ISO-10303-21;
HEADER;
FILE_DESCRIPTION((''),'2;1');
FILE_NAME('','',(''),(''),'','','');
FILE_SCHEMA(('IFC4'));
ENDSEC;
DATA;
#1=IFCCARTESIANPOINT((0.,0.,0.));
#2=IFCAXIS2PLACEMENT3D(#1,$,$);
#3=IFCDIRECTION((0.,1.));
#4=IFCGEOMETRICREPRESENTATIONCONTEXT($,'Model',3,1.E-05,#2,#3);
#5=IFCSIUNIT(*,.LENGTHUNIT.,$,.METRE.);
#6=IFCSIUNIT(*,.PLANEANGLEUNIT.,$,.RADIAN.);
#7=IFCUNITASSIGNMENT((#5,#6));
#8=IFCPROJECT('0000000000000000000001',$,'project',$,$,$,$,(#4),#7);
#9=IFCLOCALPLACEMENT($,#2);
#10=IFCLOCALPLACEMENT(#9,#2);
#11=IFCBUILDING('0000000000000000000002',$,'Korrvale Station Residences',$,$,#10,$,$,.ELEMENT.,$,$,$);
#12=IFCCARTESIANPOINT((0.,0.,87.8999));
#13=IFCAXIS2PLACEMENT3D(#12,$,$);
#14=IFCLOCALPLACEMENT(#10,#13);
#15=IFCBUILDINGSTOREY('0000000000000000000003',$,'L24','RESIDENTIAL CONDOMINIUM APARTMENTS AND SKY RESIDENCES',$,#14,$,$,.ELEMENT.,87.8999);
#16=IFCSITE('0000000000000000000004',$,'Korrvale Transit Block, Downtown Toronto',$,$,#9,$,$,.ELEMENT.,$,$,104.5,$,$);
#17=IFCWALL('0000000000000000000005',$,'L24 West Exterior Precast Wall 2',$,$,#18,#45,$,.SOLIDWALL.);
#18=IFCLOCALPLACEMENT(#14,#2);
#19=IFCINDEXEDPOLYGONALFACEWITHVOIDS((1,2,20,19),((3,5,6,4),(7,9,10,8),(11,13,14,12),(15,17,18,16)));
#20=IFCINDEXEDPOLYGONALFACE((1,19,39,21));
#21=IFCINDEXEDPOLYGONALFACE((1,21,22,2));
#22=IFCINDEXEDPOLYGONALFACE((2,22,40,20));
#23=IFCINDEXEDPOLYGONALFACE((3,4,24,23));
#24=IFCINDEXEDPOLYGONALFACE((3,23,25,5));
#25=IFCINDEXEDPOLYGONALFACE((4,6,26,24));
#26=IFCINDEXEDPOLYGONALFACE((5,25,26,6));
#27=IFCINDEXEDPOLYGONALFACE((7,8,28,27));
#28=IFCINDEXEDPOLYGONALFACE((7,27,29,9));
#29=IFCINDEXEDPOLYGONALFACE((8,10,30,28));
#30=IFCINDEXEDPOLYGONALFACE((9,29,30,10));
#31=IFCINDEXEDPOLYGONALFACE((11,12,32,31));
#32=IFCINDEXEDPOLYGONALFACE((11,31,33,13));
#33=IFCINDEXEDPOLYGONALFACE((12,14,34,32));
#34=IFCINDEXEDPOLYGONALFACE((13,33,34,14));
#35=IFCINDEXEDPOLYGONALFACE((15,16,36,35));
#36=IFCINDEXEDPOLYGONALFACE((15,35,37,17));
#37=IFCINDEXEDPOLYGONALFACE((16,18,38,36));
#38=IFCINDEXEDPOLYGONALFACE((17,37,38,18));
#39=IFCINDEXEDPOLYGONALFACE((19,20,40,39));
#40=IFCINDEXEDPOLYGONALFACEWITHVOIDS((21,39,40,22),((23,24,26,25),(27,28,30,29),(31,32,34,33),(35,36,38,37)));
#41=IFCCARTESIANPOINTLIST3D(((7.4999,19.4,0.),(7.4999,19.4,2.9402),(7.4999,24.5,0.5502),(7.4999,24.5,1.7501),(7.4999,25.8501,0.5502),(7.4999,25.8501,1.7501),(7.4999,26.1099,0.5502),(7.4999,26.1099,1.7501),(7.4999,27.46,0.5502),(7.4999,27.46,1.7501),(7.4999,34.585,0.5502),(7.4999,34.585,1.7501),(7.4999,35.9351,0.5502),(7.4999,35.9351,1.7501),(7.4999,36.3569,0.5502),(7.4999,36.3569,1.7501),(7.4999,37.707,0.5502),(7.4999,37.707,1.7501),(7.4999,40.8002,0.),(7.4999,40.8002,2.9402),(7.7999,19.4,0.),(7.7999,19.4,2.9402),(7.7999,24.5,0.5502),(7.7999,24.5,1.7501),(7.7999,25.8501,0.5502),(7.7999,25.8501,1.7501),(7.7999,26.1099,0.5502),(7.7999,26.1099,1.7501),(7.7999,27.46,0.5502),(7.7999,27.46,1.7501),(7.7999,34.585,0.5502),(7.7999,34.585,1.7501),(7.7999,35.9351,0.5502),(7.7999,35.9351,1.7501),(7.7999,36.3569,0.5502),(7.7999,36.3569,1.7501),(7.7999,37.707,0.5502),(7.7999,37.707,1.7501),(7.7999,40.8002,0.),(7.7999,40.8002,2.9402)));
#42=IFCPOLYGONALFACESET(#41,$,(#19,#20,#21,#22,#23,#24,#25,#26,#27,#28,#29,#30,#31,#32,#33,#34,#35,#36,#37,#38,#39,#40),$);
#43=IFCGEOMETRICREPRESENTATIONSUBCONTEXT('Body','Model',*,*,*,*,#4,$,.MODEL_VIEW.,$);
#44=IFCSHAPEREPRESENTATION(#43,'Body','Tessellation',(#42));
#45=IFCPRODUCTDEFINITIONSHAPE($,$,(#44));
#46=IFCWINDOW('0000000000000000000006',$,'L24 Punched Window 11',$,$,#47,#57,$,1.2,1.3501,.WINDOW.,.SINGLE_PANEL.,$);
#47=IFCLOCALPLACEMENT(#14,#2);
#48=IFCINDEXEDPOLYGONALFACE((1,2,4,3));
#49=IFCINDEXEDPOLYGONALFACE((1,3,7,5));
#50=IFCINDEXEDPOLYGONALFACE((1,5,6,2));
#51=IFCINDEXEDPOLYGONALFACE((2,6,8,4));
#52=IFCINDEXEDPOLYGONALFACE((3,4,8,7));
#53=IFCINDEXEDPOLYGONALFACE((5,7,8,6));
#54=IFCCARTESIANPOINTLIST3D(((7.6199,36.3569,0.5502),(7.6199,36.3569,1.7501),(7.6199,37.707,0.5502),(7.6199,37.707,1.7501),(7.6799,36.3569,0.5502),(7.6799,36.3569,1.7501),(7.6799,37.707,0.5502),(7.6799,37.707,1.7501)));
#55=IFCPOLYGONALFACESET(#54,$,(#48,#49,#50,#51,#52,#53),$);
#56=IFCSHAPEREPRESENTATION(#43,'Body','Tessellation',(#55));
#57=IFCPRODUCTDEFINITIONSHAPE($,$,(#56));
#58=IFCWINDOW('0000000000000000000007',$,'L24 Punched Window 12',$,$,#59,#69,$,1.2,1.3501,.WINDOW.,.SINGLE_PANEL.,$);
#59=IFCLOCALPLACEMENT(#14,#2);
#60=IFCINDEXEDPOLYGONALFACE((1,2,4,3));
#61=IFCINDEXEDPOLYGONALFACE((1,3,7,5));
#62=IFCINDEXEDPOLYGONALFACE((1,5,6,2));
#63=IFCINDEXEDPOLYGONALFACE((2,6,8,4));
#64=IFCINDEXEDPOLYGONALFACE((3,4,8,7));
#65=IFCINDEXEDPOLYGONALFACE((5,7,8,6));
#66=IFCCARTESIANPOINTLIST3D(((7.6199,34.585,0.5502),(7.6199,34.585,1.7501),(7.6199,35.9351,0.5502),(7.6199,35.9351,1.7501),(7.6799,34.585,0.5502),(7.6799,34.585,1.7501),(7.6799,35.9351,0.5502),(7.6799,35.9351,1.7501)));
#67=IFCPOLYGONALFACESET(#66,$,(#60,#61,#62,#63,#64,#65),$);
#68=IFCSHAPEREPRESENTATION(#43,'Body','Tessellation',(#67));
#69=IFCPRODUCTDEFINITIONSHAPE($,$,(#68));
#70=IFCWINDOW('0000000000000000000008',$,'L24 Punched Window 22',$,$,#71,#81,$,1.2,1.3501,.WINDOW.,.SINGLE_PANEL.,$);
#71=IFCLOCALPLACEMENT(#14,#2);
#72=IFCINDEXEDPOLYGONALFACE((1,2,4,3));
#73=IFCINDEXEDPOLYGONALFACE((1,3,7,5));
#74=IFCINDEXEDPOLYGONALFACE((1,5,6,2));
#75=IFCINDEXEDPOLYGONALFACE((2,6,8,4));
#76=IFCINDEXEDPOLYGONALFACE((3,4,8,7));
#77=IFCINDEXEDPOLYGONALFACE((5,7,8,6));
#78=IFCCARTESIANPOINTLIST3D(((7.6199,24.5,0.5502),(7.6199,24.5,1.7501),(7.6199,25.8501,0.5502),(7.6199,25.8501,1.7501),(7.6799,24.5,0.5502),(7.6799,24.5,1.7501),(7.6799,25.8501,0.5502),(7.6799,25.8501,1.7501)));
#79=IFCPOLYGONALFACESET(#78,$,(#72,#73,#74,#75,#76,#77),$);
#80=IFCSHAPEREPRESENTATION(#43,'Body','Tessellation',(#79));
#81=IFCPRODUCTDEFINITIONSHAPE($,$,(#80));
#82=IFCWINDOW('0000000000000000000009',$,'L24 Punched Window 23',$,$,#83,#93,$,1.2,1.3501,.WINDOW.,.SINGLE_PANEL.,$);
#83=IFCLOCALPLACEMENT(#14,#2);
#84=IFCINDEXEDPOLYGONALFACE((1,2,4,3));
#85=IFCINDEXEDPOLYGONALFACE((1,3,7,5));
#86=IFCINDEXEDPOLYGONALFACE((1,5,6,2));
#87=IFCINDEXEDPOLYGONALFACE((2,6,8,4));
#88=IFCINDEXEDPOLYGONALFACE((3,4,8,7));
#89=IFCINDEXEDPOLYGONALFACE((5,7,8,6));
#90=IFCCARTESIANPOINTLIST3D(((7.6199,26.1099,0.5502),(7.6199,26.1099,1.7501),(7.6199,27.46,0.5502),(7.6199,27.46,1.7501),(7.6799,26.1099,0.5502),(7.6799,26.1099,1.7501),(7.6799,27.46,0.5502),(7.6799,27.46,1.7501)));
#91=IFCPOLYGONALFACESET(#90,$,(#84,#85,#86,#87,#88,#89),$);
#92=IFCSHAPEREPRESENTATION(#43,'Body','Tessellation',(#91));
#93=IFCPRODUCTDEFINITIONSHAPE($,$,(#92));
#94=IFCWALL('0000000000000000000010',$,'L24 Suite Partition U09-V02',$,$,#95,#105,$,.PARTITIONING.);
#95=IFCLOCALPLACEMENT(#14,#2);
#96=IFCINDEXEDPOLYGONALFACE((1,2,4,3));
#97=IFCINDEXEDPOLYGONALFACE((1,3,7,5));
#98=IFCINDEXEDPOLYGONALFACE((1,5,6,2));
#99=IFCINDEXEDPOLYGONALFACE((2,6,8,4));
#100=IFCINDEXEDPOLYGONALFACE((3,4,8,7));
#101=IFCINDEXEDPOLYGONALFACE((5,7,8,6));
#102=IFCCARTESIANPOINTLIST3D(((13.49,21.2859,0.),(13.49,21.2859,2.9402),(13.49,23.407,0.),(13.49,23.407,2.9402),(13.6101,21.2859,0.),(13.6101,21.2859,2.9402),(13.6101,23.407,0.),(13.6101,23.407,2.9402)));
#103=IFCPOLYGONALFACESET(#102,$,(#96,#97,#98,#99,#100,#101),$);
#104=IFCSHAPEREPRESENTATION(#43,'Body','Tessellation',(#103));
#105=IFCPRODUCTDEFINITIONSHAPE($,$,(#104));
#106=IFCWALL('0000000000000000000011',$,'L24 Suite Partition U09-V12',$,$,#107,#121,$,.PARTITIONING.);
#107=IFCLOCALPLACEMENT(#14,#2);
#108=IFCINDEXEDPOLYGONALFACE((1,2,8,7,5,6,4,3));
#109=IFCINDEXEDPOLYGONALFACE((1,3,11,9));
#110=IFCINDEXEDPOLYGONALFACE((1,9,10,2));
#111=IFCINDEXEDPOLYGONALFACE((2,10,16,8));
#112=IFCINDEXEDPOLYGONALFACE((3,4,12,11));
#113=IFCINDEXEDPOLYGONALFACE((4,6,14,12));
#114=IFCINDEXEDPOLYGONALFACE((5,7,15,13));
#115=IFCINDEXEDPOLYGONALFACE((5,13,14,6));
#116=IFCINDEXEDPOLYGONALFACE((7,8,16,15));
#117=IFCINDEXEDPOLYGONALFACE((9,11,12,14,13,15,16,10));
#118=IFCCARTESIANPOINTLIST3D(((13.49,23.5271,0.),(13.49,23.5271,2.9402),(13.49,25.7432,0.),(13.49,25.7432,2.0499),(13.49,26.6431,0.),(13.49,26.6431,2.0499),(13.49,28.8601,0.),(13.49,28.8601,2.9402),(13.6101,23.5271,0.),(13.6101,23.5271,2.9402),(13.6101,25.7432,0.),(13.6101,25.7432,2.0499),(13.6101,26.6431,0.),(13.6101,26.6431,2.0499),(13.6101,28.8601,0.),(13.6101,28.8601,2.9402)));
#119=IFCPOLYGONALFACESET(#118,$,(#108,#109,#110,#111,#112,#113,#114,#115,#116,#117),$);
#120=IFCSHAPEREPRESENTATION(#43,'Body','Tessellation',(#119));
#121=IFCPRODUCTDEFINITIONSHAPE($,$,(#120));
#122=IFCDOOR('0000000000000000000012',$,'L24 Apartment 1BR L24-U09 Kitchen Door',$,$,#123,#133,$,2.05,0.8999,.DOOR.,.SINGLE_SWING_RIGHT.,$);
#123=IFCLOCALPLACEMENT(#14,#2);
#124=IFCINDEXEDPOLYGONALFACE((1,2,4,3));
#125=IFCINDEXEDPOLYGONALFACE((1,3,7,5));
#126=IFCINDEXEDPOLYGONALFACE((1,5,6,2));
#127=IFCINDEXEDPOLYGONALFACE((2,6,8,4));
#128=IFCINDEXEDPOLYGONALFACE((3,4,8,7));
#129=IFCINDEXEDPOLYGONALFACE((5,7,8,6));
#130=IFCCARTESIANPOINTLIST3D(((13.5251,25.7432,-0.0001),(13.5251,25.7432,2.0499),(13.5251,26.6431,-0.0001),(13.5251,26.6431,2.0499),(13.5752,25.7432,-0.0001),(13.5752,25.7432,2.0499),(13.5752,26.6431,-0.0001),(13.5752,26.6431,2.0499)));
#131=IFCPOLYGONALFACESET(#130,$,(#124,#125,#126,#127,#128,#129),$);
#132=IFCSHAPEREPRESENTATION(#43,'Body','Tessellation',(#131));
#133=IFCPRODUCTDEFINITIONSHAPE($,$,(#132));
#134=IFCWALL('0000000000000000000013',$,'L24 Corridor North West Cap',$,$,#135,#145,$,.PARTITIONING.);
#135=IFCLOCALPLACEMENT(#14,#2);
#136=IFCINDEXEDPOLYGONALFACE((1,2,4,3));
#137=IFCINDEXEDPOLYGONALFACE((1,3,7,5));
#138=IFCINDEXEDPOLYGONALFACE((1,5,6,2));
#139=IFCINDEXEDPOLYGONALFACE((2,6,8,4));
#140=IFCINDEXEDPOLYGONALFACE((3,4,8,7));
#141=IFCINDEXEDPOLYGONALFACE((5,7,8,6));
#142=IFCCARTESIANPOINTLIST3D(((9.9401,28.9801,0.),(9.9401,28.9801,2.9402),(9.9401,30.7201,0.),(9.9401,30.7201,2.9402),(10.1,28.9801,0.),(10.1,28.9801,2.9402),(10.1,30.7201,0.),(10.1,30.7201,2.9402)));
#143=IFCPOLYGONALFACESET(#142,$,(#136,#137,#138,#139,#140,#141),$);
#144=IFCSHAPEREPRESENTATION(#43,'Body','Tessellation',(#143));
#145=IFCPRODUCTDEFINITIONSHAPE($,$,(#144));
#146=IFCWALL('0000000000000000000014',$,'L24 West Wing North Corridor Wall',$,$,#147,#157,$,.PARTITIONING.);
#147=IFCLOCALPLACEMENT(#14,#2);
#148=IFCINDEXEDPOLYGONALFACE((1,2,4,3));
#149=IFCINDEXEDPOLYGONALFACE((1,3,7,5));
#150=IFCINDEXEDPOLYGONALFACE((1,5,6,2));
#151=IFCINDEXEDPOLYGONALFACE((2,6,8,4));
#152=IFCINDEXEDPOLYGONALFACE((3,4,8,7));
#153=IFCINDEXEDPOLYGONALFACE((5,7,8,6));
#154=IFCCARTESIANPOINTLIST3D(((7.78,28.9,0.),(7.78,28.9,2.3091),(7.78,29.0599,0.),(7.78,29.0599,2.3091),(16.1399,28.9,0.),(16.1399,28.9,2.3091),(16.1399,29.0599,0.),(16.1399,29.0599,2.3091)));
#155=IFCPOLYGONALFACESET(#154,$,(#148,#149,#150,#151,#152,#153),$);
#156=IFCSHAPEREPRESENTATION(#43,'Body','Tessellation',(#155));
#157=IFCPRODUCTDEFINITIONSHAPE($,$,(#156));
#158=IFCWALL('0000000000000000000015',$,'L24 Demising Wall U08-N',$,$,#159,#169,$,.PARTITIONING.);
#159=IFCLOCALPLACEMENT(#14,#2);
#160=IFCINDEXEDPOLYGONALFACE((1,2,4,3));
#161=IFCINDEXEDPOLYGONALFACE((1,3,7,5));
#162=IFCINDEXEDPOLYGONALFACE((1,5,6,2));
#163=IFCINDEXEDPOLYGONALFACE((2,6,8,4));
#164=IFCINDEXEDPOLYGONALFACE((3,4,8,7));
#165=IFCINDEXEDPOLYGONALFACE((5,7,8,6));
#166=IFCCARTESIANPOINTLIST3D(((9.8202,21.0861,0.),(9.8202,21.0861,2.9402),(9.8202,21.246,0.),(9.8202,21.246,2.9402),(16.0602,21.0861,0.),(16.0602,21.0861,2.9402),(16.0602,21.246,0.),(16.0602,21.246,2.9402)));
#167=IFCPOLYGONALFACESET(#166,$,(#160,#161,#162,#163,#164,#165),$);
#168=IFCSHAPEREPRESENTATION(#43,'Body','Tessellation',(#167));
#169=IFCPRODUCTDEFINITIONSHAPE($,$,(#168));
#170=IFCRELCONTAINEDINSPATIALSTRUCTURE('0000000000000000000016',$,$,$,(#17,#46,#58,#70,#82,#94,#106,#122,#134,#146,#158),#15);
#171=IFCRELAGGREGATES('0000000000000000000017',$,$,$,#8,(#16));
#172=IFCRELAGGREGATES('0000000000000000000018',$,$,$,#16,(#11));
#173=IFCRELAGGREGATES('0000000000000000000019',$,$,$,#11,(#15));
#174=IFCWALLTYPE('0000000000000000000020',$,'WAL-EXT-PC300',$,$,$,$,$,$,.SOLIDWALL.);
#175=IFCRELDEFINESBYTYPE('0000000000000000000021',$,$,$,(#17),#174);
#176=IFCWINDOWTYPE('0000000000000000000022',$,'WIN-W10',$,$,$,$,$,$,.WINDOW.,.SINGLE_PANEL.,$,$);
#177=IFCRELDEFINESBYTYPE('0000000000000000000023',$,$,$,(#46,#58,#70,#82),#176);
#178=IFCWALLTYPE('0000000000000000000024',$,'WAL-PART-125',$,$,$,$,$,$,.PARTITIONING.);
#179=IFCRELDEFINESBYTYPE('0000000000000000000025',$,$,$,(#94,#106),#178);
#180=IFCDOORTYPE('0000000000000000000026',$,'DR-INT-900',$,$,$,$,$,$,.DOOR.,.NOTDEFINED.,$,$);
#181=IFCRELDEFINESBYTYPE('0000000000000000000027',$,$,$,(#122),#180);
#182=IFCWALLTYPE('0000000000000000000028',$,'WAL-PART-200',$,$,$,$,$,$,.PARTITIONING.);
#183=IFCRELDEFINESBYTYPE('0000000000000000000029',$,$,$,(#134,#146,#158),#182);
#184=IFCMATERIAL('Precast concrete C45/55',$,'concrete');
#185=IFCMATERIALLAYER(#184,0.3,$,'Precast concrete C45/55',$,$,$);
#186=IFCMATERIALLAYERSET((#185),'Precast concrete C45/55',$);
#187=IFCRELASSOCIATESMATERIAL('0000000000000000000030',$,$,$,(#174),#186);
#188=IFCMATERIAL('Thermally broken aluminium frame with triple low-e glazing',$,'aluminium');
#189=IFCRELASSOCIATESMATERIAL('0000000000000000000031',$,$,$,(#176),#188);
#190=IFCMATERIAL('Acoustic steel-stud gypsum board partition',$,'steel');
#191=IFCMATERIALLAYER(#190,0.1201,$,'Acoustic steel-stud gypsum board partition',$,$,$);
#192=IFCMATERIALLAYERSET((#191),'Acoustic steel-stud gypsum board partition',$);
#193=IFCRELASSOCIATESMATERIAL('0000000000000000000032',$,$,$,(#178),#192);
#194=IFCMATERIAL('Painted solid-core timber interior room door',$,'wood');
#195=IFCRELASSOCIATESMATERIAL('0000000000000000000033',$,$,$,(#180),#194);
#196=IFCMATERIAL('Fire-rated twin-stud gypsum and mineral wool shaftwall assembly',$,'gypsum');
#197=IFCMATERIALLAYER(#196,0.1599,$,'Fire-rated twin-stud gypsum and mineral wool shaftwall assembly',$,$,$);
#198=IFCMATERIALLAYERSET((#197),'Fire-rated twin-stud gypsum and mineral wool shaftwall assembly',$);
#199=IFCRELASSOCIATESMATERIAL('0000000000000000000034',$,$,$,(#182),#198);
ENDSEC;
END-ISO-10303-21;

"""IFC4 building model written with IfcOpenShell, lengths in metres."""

from ifc_helpers import new_model, si_unit, direction, frame, frame_2d, origin, place, context, subcontext, project, spatial, rectangle, extrude, material, layer, layer_set, type_object, element, fill, save


model = new_model("IFC4")

# Units and contexts
model_context = context("Model", 3, precision=1e-05, world=origin(), true_north=direction((0.0, 1.0)))
body_context = subcontext(model_context, "Body", "Model", "MODEL_VIEW")
ifc_project = project(units=[si_unit("LENGTHUNIT", "METRE"), si_unit("PLANEANGLEUNIT", "RADIAN")], contexts=[model_context])

# Site, building, storey
site_placement = place(None, origin())
site = spatial("IfcSite", under=ifc_project, at=site_placement, Name="Korrvale Transit Block, Downtown Toronto", CompositionType="ELEMENT", RefElevation=104.5)
building_placement = place(site_placement, origin())
building = spatial("IfcBuilding", under=site, at=building_placement, Name="Korrvale Station Residences", CompositionType="ELEMENT")
storey_placement = place(building_placement, frame((0.0, 0.0, 87.8999)))
storey = spatial("IfcBuildingStorey", under=building, at=storey_placement, Name="L24", Description="RESIDENTIAL CONDOMINIUM APARTMENTS AND SKY RESIDENCES", CompositionType="ELEMENT", Elevation=87.8999)

# Shared definitions
ifc_material_1 = material(Name="Precast concrete C45/55", Category="concrete")

# Wall, openings, windows
ifc_layer_1 = layer(ifc_material_1, 0.3, Name="Precast concrete C45/55")
ifc_layer_set_1 = layer_set([ifc_layer_1], Name="Precast concrete C45/55")
wall_type_1 = type_object("IfcWallType", Name="WAL-EXT-PC300", PredefinedType="SOLIDWALL", material=ifc_layer_set_1)
wall_1_placement = place(storey_placement, frame((7.6499, 19.3999, 0.0), z_axis=(0.0, 0.0, 1.0), x_axis=(0.0, 1.0, 0.0)))
wall_1 = element("IfcWall", 1, at=wall_1_placement, inside=storey, type_object=wall_type_1, Name="L24 West Exterior Precast Wall 2", PredefinedType="SOLIDWALL", context=body_context, shape_type="SweptSolid", body=[
    extrude(rectangle(XDim=21.4001, YDim=0.3, at=frame_2d((10.7002, 0.0))), origin(), (0.0, 0.0, 1.0), 2.9402),
])
opening_1_placement = place(wall_1_placement, frame((16.957, 0.0, 0.55)))
opening_1 = element("IfcOpeningElement", 2, at=opening_1_placement, cuts=wall_1, PredefinedType="OPENING", context=body_context, shape_type="SweptSolid", body=[
    extrude(rectangle(XDim=1.3501, YDim=1.2, at=frame_2d((0.675, 0.6001))), frame((0.0, 0.1602, 0.0), z_axis=(0.0, -1.0, 0.0), x_axis=(1.0, 0.0, 0.0)), (0.0, 0.0, 1.0), 0.3201),
])
opening_2_placement = place(wall_1_placement, frame((15.1851, 0.0, 0.55)))
opening_2 = element("IfcOpeningElement", 3, at=opening_2_placement, cuts=wall_1, PredefinedType="OPENING", context=body_context, shape_type="SweptSolid", body=[
    extrude(rectangle(XDim=1.3501, YDim=1.2, at=frame_2d((0.675, 0.6001))), frame((0.0, 0.1602, 0.0), z_axis=(0.0, -1.0, 0.0), x_axis=(1.0, 0.0, 0.0)), (0.0, 0.0, 1.0), 0.3201),
])
opening_3_placement = place(wall_1_placement, frame((5.1001, 0.0, 0.55)))
opening_3 = element("IfcOpeningElement", 4, at=opening_3_placement, cuts=wall_1, PredefinedType="OPENING", context=body_context, shape_type="SweptSolid", body=[
    extrude(rectangle(XDim=1.3501, YDim=1.2, at=frame_2d((0.675, 0.6001))), frame((0.0, 0.1602, 0.0), z_axis=(0.0, -1.0, 0.0), x_axis=(1.0, 0.0, 0.0)), (0.0, 0.0, 1.0), 0.3201),
])
opening_4_placement = place(wall_1_placement, frame((6.71, 0.0, 0.55)))
opening_4 = element("IfcOpeningElement", 5, at=opening_4_placement, cuts=wall_1, PredefinedType="OPENING", context=body_context, shape_type="SweptSolid", body=[
    extrude(rectangle(XDim=1.3501, YDim=1.2, at=frame_2d((0.675, 0.6001))), frame((0.0, 0.1602, 0.0), z_axis=(0.0, -1.0, 0.0), x_axis=(1.0, 0.0, 0.0)), (0.0, 0.0, 1.0), 0.3201),
])
ifc_material_2 = material(Name="Thermally broken aluminium frame with triple low-e glazing", Category="aluminium")
window_type = type_object("IfcWindowType", Name="WIN-W10", PartitioningType="SINGLE_PANEL", PredefinedType="WINDOW", material=ifc_material_2)
window_1_placement = place(opening_1_placement, origin())
window_1 = element("IfcWindow", 6, at=window_1_placement, inside=storey, type_object=window_type, Name="L24 Punched Window 11", OverallHeight=1.2, OverallWidth=1.3501, PartitioningType="SINGLE_PANEL", PredefinedType="WINDOW", context=body_context, shape_type="SweptSolid", body=[
    extrude(rectangle(XDim=1.3501, YDim=1.2, at=frame_2d((0.675, 0.6001))), frame((0.0, 0.03, 0.0), z_axis=(0.0, -1.0, 0.0), x_axis=(1.0, 0.0, 0.0)), (0.0, 0.0, 1.0), 0.0601),
])
fill(opening_1, window_1)
window_2_placement = place(opening_2_placement, origin())
window_2 = element("IfcWindow", 7, at=window_2_placement, inside=storey, type_object=window_type, Name="L24 Punched Window 12", OverallHeight=1.2, OverallWidth=1.3501, PartitioningType="SINGLE_PANEL", PredefinedType="WINDOW", context=body_context, shape_type="SweptSolid", body=[
    extrude(rectangle(XDim=1.3501, YDim=1.2, at=frame_2d((0.675, 0.6001))), frame((0.0, 0.03, 0.0), z_axis=(0.0, -1.0, 0.0), x_axis=(1.0, 0.0, 0.0)), (0.0, 0.0, 1.0), 0.0601),
])
fill(opening_2, window_2)
window_3_placement = place(opening_3_placement, origin())
window_3 = element("IfcWindow", 8, at=window_3_placement, inside=storey, type_object=window_type, Name="L24 Punched Window 22", OverallHeight=1.2, OverallWidth=1.3501, PartitioningType="SINGLE_PANEL", PredefinedType="WINDOW", context=body_context, shape_type="SweptSolid", body=[
    extrude(rectangle(XDim=1.3501, YDim=1.2, at=frame_2d((0.675, 0.6001))), frame((0.0, 0.03, 0.0), z_axis=(0.0, -1.0, 0.0), x_axis=(1.0, 0.0, 0.0)), (0.0, 0.0, 1.0), 0.0601),
])
fill(opening_3, window_3)
window_4_placement = place(opening_4_placement, origin())
window_4 = element("IfcWindow", 9, at=window_4_placement, inside=storey, type_object=window_type, Name="L24 Punched Window 23", OverallHeight=1.2, OverallWidth=1.3501, PartitioningType="SINGLE_PANEL", PredefinedType="WINDOW", context=body_context, shape_type="SweptSolid", body=[
    extrude(rectangle(XDim=1.3501, YDim=1.2, at=frame_2d((0.675, 0.6001))), frame((0.0, 0.03, 0.0), z_axis=(0.0, -1.0, 0.0), x_axis=(1.0, 0.0, 0.0)), (0.0, 0.0, 1.0), 0.0601),
])
fill(opening_4, window_4)

# Wall
ifc_material_3 = material(Name="Acoustic steel-stud gypsum board partition", Category="steel")
ifc_layer_2 = layer(ifc_material_3, 0.1201, Name="Acoustic steel-stud gypsum board partition")
ifc_layer_set_2 = layer_set([ifc_layer_2], Name="Acoustic steel-stud gypsum board partition")
wall_type_2 = type_object("IfcWallType", Name="WAL-PART-125", PredefinedType="PARTITIONING", material=ifc_layer_set_2)
wall_2_placement = place(storey_placement, frame((13.55, 21.2859, 0.0), z_axis=(0.0, 0.0, 1.0), x_axis=(0.0, 1.0, 0.0)))
element("IfcWall", 10, at=wall_2_placement, inside=storey, type_object=wall_type_2, Name="L24 Suite Partition U09-V02", PredefinedType="PARTITIONING", context=body_context, shape_type="SweptSolid", body=[
    extrude(rectangle(XDim=2.1211, YDim=0.1201, at=frame_2d((1.0605, 0.0))), origin(), (0.0, 0.0, 1.0), 2.9402),
])

# Wall, opening, door
wall_3_placement = place(storey_placement, frame((13.55, 23.5271, 0.0), z_axis=(0.0, 0.0, 1.0), x_axis=(0.0, 1.0, 0.0)))
wall_3 = element("IfcWall", 11, at=wall_3_placement, inside=storey, type_object=wall_type_2, Name="L24 Suite Partition U09-V12", PredefinedType="PARTITIONING", context=body_context, shape_type="SweptSolid", body=[
    extrude(rectangle(XDim=5.333, YDim=0.1201, at=frame_2d((2.6665, 0.0))), origin(), (0.0, 0.0, 1.0), 2.9402),
])
opening_5_placement = place(wall_3_placement, frame((2.2161, 0.0, 0.0)))
opening_5 = element("IfcOpeningElement", 12, at=opening_5_placement, cuts=wall_3, PredefinedType="OPENING", context=body_context, shape_type="SweptSolid", body=[
    extrude(rectangle(XDim=0.8999, YDim=2.05, at=frame_2d((0.45, 1.0249))), frame((0.0, 0.0701, 0.0), z_axis=(0.0, -1.0, 0.0), x_axis=(1.0, 0.0, 0.0)), (0.0, 0.0, 1.0), 0.1401),
])
ifc_material_4 = material(Name="Painted solid-core timber interior room door", Category="wood")
door_type = type_object("IfcDoorType", Name="DR-INT-900", OperationType="NOTDEFINED", PredefinedType="DOOR", material=ifc_material_4)
door_placement = place(opening_5_placement, origin())
door = element("IfcDoor", 13, at=door_placement, inside=storey, type_object=door_type, Name="L24 Apartment 1BR L24-U09 Kitchen Door", OperationType="SINGLE_SWING_RIGHT", OverallHeight=2.05, OverallWidth=0.8999, PredefinedType="DOOR", context=body_context, shape_type="SweptSolid", body=[
    extrude(rectangle(XDim=0.8999, YDim=2.05, at=frame_2d((0.45, 1.0249))), frame((0.0, 0.0249, 0.0), z_axis=(0.0, -1.0, 0.0), x_axis=(1.0, 0.0, 0.0)), (0.0, 0.0, 1.0), 0.05),
])
fill(opening_5, door)

# Walls
ifc_material_5 = material(Name="Fire-rated twin-stud gypsum and mineral wool shaftwall assembly", Category="gypsum")
ifc_layer_3 = layer(ifc_material_5, 0.1599, Name="Fire-rated twin-stud gypsum and mineral wool shaftwall assembly")
ifc_layer_set_3 = layer_set([ifc_layer_3], Name="Fire-rated twin-stud gypsum and mineral wool shaftwall assembly")
wall_type_3 = type_object("IfcWallType", Name="WAL-PART-200", PredefinedType="PARTITIONING", material=ifc_layer_set_3)
wall_4_placement = place(storey_placement, frame((10.02, 28.98, 0.0), z_axis=(0.0, 0.0, 1.0), x_axis=(0.0, 1.0, 0.0)))
element("IfcWall", 14, at=wall_4_placement, inside=storey, type_object=wall_type_3, Name="L24 Corridor North West Cap", PredefinedType="PARTITIONING", context=body_context, shape_type="SweptSolid", body=[
    extrude(rectangle(XDim=1.74, YDim=0.1599, at=frame_2d((0.8701, 0.0))), origin(), (0.0, 0.0, 1.0), 2.9402),
])
wall_5_placement = place(storey_placement, frame((7.78, 28.98, 0.0), z_axis=(0.0, 0.0, 1.0), x_axis=(1.0, 0.0, 0.0)))
element("IfcWall", 15, at=wall_5_placement, inside=storey, type_object=wall_type_3, Name="L24 West Wing North Corridor Wall", PredefinedType="PARTITIONING", context=body_context, shape_type="SweptSolid", body=[
    extrude(rectangle(XDim=8.3599, YDim=0.1599, at=frame_2d((4.1799, 0.0))), origin(), (0.0, 0.0, 1.0), 2.3091),
])
wall_6_placement = place(storey_placement, frame((9.8201, 21.166, 0.0), z_axis=(0.0, 0.0, 1.0), x_axis=(1.0, 0.0, 0.0)))
element("IfcWall", 16, at=wall_6_placement, inside=storey, type_object=wall_type_3, Name="L24 Demising Wall U08-N", PredefinedType="PARTITIONING", context=body_context, shape_type="SweptSolid", body=[
    extrude(rectangle(XDim=6.24, YDim=0.1599, at=frame_2d((3.1201, 0.0))), origin(), (0.0, 0.0, 1.0), 2.9402),
])

save(model, "model.ifc")
